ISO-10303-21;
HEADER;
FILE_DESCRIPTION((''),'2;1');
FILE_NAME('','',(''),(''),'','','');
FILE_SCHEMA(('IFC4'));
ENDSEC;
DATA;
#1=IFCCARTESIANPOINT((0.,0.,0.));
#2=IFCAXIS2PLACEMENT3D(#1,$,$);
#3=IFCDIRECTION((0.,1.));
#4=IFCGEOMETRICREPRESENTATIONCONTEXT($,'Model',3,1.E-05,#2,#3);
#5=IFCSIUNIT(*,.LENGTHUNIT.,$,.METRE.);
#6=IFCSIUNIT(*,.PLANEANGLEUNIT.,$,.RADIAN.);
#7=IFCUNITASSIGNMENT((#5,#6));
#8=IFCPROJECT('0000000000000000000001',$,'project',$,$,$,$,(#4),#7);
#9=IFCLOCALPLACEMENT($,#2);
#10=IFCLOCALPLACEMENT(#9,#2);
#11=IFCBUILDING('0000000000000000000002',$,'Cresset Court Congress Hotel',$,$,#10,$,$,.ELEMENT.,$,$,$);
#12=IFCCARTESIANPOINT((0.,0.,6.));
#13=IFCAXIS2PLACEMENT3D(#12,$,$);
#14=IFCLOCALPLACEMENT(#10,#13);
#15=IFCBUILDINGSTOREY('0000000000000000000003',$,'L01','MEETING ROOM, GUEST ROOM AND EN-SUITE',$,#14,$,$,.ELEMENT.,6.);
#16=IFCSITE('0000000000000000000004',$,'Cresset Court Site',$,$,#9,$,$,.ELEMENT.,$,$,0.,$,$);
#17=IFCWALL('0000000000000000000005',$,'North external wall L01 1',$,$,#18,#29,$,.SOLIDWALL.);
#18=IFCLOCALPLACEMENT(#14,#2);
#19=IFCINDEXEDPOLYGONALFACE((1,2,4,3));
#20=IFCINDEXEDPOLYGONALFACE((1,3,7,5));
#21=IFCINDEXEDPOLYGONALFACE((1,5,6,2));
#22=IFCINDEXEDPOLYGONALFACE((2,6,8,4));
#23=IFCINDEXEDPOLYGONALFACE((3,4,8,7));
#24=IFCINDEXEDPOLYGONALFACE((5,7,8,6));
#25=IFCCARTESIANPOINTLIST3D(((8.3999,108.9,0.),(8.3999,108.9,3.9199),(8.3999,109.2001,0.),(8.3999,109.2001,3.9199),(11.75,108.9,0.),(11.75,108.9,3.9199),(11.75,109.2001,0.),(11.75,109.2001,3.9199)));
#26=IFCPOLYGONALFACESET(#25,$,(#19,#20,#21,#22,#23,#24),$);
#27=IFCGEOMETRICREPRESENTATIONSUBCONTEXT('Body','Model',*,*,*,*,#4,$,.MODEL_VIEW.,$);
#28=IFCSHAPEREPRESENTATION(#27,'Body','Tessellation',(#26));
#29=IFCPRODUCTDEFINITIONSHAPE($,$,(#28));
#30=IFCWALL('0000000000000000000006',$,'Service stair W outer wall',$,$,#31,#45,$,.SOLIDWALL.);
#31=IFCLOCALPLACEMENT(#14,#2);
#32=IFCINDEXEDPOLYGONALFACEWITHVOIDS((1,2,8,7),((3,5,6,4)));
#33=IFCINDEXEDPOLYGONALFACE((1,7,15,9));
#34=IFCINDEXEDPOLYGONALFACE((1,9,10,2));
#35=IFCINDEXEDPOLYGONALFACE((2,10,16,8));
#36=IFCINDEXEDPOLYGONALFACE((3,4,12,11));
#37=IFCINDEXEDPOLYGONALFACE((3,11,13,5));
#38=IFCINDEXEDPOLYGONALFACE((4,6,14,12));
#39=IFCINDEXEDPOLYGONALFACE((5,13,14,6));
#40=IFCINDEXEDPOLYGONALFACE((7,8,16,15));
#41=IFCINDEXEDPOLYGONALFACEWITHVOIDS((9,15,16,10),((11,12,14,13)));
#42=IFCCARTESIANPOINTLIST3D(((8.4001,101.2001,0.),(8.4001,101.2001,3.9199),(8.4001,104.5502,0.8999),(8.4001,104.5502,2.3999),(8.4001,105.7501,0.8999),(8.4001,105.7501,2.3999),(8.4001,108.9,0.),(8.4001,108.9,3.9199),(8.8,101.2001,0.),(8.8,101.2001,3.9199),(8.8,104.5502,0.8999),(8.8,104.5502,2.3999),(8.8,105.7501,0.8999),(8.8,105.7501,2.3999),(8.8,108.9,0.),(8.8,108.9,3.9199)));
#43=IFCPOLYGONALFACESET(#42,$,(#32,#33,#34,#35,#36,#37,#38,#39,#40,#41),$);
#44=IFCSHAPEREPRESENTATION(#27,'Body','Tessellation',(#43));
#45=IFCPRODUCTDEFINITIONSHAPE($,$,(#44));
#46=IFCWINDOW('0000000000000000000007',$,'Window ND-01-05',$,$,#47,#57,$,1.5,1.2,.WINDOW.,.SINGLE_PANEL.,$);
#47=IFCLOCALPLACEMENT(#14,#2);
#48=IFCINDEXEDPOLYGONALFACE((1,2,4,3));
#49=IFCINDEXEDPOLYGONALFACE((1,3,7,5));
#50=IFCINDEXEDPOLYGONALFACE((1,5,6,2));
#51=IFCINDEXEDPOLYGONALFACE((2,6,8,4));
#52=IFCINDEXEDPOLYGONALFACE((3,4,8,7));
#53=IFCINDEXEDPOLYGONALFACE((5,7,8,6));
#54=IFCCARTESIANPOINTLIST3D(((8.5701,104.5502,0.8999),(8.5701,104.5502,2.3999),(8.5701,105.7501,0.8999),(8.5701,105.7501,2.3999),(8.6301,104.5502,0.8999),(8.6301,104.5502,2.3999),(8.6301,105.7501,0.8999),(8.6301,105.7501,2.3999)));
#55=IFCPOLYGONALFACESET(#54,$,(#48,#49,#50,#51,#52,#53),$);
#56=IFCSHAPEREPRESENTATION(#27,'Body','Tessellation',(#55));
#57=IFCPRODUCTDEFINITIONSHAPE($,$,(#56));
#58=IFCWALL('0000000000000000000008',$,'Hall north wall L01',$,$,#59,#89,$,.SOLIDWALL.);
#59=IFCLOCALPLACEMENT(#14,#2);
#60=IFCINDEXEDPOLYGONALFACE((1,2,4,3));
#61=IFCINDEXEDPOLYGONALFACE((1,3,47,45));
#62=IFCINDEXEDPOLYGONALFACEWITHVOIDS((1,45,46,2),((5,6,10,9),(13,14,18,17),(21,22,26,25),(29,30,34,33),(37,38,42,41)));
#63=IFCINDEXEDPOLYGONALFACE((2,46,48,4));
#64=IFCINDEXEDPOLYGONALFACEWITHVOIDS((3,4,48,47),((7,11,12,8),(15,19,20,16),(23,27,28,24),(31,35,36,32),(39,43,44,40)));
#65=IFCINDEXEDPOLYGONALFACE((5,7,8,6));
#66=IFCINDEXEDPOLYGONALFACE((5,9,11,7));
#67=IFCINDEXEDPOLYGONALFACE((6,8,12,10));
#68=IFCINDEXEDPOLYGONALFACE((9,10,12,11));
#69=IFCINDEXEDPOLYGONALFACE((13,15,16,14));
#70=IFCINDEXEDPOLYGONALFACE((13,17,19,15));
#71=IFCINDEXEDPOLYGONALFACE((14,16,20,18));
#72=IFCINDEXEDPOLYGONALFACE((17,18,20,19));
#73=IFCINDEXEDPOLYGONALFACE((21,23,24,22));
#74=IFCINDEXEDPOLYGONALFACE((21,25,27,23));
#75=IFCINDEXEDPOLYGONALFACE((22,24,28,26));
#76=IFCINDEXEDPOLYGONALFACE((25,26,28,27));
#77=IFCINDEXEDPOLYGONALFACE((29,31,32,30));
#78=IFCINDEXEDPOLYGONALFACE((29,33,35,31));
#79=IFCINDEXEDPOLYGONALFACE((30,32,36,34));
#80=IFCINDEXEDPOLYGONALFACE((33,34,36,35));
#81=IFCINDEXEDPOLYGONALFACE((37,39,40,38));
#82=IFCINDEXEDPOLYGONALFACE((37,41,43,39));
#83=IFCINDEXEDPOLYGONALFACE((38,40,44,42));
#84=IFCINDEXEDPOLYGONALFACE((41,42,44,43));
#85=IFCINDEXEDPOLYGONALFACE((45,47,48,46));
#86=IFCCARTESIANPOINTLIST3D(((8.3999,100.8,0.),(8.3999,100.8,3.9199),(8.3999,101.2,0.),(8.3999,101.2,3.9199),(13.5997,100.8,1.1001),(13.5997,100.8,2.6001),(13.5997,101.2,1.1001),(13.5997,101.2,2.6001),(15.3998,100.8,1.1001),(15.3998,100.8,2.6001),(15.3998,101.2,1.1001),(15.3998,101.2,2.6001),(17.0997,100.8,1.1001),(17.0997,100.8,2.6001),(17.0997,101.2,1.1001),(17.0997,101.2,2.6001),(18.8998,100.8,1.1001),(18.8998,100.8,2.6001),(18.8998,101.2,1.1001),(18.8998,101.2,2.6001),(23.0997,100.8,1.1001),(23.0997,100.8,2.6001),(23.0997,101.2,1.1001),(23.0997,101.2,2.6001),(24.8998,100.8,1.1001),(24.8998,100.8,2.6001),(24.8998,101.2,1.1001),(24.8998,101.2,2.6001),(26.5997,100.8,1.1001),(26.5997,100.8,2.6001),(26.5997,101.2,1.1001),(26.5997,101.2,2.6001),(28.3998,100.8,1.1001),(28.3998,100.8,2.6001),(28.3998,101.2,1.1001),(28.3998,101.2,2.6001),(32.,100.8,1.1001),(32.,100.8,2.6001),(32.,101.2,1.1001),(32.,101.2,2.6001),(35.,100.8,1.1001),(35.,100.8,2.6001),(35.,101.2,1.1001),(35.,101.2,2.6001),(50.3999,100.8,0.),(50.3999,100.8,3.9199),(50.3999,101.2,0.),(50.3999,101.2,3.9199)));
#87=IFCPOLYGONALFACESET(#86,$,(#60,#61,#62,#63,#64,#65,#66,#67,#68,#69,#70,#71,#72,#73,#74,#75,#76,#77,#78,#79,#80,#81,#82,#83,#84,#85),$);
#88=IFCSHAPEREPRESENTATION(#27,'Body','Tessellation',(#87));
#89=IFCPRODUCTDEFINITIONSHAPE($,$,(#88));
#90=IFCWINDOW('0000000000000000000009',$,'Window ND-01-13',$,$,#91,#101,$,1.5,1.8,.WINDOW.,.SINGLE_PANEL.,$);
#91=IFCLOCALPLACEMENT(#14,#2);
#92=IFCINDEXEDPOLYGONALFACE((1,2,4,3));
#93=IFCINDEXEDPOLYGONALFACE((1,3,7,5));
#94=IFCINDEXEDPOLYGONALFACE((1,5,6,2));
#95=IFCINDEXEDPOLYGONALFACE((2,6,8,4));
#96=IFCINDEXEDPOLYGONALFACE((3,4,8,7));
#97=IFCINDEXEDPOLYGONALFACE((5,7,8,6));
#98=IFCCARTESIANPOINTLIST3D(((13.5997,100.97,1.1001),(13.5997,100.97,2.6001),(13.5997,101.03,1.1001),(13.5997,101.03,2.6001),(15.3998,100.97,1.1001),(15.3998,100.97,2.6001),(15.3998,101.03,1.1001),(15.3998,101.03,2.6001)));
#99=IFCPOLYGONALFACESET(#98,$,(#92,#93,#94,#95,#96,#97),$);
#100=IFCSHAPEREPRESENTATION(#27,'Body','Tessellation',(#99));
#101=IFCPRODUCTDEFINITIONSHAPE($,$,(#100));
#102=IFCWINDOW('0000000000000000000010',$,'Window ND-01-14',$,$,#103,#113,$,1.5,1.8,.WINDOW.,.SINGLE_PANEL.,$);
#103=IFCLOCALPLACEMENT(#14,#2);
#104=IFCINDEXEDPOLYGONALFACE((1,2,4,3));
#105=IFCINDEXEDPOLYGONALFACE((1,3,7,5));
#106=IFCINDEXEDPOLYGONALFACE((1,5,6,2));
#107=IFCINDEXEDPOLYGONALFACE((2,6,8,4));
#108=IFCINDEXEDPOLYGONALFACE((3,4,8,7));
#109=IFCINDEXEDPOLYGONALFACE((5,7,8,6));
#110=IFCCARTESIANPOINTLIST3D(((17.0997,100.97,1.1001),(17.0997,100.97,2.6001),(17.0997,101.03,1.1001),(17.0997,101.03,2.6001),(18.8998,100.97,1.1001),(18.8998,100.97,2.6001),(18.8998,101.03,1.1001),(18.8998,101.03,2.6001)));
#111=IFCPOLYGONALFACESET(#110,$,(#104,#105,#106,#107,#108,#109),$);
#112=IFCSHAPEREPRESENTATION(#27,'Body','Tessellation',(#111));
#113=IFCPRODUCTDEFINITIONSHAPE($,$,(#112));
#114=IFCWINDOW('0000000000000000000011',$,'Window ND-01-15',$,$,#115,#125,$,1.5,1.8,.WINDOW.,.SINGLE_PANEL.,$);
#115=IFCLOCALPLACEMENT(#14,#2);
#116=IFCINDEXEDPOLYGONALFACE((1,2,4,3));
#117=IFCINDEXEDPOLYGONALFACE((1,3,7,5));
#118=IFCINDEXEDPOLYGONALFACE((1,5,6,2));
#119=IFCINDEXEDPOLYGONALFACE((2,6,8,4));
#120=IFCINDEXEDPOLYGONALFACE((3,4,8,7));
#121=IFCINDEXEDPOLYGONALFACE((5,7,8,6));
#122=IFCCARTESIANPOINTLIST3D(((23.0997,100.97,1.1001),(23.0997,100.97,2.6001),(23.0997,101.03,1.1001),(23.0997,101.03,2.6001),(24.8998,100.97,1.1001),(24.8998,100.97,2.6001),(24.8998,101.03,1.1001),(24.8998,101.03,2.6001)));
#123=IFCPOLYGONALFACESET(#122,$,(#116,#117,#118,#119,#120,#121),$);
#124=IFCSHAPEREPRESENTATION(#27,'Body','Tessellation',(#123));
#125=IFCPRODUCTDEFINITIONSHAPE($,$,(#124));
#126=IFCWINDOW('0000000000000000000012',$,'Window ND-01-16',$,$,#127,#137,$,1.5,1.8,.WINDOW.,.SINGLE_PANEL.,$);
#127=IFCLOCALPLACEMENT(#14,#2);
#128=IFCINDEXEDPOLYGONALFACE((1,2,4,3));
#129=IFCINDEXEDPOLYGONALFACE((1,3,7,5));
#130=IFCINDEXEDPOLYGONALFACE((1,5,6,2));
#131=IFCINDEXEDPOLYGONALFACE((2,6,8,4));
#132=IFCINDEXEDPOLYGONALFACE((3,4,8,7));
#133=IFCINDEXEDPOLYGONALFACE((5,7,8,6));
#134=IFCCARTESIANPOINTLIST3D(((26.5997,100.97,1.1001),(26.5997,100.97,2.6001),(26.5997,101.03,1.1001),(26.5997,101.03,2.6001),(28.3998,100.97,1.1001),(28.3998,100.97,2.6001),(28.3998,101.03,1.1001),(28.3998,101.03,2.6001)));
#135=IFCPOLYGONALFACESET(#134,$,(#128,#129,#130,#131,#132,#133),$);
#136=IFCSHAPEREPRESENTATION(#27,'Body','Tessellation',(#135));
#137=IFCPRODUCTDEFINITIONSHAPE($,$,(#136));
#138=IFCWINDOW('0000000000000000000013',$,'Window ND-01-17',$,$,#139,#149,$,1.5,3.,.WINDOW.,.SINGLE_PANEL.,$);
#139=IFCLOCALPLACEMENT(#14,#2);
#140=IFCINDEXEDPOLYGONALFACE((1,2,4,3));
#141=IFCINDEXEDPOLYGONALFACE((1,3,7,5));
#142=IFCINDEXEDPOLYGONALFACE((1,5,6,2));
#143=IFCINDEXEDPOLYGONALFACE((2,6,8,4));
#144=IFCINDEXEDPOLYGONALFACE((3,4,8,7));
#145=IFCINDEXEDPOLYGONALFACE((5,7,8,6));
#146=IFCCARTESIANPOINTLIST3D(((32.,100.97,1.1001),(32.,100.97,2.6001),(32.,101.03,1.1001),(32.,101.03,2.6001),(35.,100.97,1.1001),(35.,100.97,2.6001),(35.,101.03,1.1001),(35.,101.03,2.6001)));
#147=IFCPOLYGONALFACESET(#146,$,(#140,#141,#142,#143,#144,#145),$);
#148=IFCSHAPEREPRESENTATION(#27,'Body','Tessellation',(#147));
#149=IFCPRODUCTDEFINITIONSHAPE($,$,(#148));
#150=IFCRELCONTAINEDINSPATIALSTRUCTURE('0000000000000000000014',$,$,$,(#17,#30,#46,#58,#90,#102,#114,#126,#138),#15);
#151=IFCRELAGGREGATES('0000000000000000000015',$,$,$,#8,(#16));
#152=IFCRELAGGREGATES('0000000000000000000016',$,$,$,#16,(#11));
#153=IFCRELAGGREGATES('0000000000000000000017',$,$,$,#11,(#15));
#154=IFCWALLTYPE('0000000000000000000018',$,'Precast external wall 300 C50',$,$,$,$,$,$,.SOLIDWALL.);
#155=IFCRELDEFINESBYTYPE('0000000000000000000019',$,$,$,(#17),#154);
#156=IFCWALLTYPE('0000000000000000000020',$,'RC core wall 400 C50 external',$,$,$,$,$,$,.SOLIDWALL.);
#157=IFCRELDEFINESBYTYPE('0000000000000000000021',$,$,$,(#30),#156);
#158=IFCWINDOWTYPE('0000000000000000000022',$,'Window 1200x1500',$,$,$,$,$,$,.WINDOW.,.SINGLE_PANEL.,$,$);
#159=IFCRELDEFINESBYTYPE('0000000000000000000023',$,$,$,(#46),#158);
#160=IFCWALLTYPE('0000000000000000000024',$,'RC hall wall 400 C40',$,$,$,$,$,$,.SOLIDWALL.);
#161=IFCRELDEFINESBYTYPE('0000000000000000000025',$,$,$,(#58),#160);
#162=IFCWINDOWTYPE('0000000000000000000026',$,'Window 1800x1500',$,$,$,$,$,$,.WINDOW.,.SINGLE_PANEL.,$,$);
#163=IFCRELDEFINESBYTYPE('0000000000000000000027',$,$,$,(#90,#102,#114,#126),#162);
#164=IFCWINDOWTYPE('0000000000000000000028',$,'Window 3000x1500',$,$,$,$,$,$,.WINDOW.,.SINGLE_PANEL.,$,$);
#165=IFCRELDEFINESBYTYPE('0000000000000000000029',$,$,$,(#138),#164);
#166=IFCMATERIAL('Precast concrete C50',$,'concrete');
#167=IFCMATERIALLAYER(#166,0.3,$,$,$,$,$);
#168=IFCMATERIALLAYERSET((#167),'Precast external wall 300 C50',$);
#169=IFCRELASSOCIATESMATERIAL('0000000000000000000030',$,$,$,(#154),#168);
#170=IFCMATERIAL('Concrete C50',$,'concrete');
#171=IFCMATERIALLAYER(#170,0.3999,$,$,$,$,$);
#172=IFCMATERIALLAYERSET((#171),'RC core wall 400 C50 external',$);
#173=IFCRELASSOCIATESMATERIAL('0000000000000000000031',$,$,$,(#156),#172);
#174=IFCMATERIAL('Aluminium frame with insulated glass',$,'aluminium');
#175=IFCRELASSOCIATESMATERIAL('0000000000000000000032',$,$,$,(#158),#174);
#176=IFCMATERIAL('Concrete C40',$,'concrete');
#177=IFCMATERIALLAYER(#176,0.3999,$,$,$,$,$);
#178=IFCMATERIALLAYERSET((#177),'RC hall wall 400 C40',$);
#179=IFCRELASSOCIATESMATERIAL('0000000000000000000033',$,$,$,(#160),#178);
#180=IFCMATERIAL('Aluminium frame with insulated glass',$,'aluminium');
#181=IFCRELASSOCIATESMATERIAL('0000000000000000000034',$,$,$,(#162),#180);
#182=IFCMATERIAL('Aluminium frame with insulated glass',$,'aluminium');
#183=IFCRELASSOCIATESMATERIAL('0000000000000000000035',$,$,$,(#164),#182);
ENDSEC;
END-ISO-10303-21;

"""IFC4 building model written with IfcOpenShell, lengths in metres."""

from ifc_helpers import new_model, si_unit, direction, frame, frame_2d, origin, place, context, subcontext, project, spatial, rectangle, extrude, material, layer, layer_set, type_object, element, fill, save


model = new_model("IFC4")

# Units and contexts
model_context = context("Model", 3, precision=1e-05, world=origin(), true_north=direction((0.0, 1.0)))
body_context = subcontext(model_context, "Body", "Model", "MODEL_VIEW")
ifc_project = project(units=[si_unit("LENGTHUNIT", "METRE"), si_unit("PLANEANGLEUNIT", "RADIAN")], contexts=[model_context])

# Site, building, storey
site_placement = place(None, origin())
site = spatial("IfcSite", under=ifc_project, at=site_placement, Name="Cresset Court Site", CompositionType="ELEMENT", RefElevation=0.0)
building_placement = place(site_placement, origin())
building = spatial("IfcBuilding", under=site, at=building_placement, Name="Cresset Court Congress Hotel", CompositionType="ELEMENT")
storey_placement = place(building_placement, frame((0.0, 0.0, 6.0)))
storey = spatial("IfcBuildingStorey", under=building, at=storey_placement, Name="L01", Description="MEETING ROOM, GUEST ROOM AND EN-SUITE", CompositionType="ELEMENT", Elevation=6.0)

# Wall
ifc_material_1 = material(Name="Precast concrete C50", Category="concrete")
ifc_layer_1 = layer(ifc_material_1, 0.3)
ifc_layer_set_1 = layer_set([ifc_layer_1], Name="Precast external wall 300 C50")
wall_type_1 = type_object("IfcWallType", Name="Precast external wall 300 C50", PredefinedType="SOLIDWALL", material=ifc_layer_set_1)
wall_1_placement = place(storey_placement, frame((8.3999, 109.05, 0.0), z_axis=(0.0, 0.0, 1.0), x_axis=(1.0, 0.0, 0.0)))
element("IfcWall", 1, at=wall_1_placement, inside=storey, type_object=wall_type_1, Name="North external wall L01 1", PredefinedType="SOLIDWALL", context=body_context, shape_type="SweptSolid", body=[
    extrude(rectangle(XDim=3.3501, YDim=0.3, at=frame_2d((1.675, 0.0))), origin(), (0.0, 0.0, 1.0), 3.9199),
])

# Wall, opening, window
ifc_material_2 = material(Name="Concrete C50", Category="concrete")
ifc_layer_2 = layer(ifc_material_2, 0.3999)
ifc_layer_set_2 = layer_set([ifc_layer_2], Name="RC core wall 400 C50 external")
wall_type_2 = type_object("IfcWallType", Name="RC core wall 400 C50 external", PredefinedType="SOLIDWALL", material=ifc_layer_set_2)
wall_2_placement = place(storey_placement, frame((8.6001, 101.2, 0.0), z_axis=(0.0, 0.0, 1.0), x_axis=(0.0, 1.0, 0.0)))
wall_2 = element("IfcWall", 2, at=wall_2_placement, inside=storey, type_object=wall_type_2, Name="Service stair W outer wall", PredefinedType="SOLIDWALL", context=body_context, shape_type="SweptSolid", body=[
    extrude(rectangle(XDim=7.7, YDim=0.3999, at=frame_2d((3.8501, 0.0))), origin(), (0.0, 0.0, 1.0), 3.9199),
])
opening_1_placement = place(wall_2_placement, frame((3.3501, 0.0, 0.8999)))
opening_1 = element("IfcOpeningElement", 3, at=opening_1_placement, cuts=wall_2, PredefinedType="OPENING", context=body_context, shape_type="SweptSolid", body=[
    extrude(rectangle(XDim=1.2, YDim=1.5, at=frame_2d((0.6001, 0.75))), frame((0.0, 0.21, 0.0), z_axis=(0.0, -1.0, 0.0), x_axis=(1.0, 0.0, 0.0)), (0.0, 0.0, 1.0), 0.4199),
])
ifc_material_3 = material(Name="Aluminium frame with insulated glass", Category="aluminium")
window_type_1 = type_object("IfcWindowType", Name="Window 1200x1500", PartitioningType="SINGLE_PANEL", PredefinedType="WINDOW", material=ifc_material_3)
window_1_placement = place(opening_1_placement, origin())
window_1 = element("IfcWindow", 4, at=window_1_placement, inside=storey, type_object=window_type_1, Name="Window ND-01-05", OverallHeight=1.5, OverallWidth=1.2, PartitioningType="SINGLE_PANEL", PredefinedType="WINDOW", context=body_context, shape_type="SweptSolid", body=[
    extrude(rectangle(XDim=1.2, YDim=1.5, at=frame_2d((0.6001, 0.75))), frame((0.0, 0.03, 0.0), z_axis=(0.0, -1.0, 0.0), x_axis=(1.0, 0.0, 0.0)), (0.0, 0.0, 1.0), 0.0601),
])
fill(opening_1, window_1)

# Wall, openings, windows
ifc_material_4 = material(Name="Concrete C40", Category="concrete")
ifc_layer_3 = layer(ifc_material_4, 0.3999)
ifc_layer_set_3 = layer_set([ifc_layer_3], Name="RC hall wall 400 C40")
wall_type_3 = type_object("IfcWallType", Name="RC hall wall 400 C40", PredefinedType="SOLIDWALL", material=ifc_layer_set_3)
wall_3_placement = place(storey_placement, frame((8.3999, 101.0, 0.0), z_axis=(0.0, 0.0, 1.0), x_axis=(1.0, 0.0, 0.0)))
wall_3 = element("IfcWall", 5, at=wall_3_placement, inside=storey, type_object=wall_type_3, Name="Hall north wall L01", PredefinedType="SOLIDWALL", context=body_context, shape_type="SweptSolid", body=[
    extrude(rectangle(XDim=42.0, YDim=0.3999, at=frame_2d((21.0, 0.0))), origin(), (0.0, 0.0, 1.0), 3.9199),
])
opening_2_placement = place(wall_3_placement, frame((5.2, 0.0, 1.1001)))
opening_2 = element("IfcOpeningElement", 6, at=opening_2_placement, cuts=wall_3, PredefinedType="OPENING", context=body_context, shape_type="SweptSolid", body=[
    extrude(rectangle(XDim=1.8, YDim=1.5, at=frame_2d((0.8999, 0.75))), frame((0.0, 0.21, 0.0), z_axis=(0.0, -1.0, 0.0), x_axis=(1.0, 0.0, 0.0)), (0.0, 0.0, 1.0), 0.4199),
])
opening_3_placement = place(wall_3_placement, frame((8.7, 0.0, 1.1001)))
opening_3 = element("IfcOpeningElement", 7, at=opening_3_placement, cuts=wall_3, PredefinedType="OPENING", context=body_context, shape_type="SweptSolid", body=[
    extrude(rectangle(XDim=1.8, YDim=1.5, at=frame_2d((0.8999, 0.75))), frame((0.0, 0.21, 0.0), z_axis=(0.0, -1.0, 0.0), x_axis=(1.0, 0.0, 0.0)), (0.0, 0.0, 1.0), 0.4199),
])
opening_4_placement = place(wall_3_placement, frame((14.7, 0.0, 1.1001)))
opening_4 = element("IfcOpeningElement", 8, at=opening_4_placement, cuts=wall_3, PredefinedType="OPENING", context=body_context, shape_type="SweptSolid", body=[
    extrude(rectangle(XDim=1.8, YDim=1.5, at=frame_2d((0.8999, 0.75))), frame((0.0, 0.21, 0.0), z_axis=(0.0, -1.0, 0.0), x_axis=(1.0, 0.0, 0.0)), (0.0, 0.0, 1.0), 0.4199),
])
opening_5_placement = place(wall_3_placement, frame((18.2, 0.0, 1.1001)))
opening_5 = element("IfcOpeningElement", 9, at=opening_5_placement, cuts=wall_3, PredefinedType="OPENING", context=body_context, shape_type="SweptSolid", body=[
    extrude(rectangle(XDim=1.8, YDim=1.5, at=frame_2d((0.8999, 0.75))), frame((0.0, 0.21, 0.0), z_axis=(0.0, -1.0, 0.0), x_axis=(1.0, 0.0, 0.0)), (0.0, 0.0, 1.0), 0.4199),
])
opening_6_placement = place(wall_3_placement, frame((23.6001, 0.0, 1.1001)))
opening_6 = element("IfcOpeningElement", 10, at=opening_6_placement, cuts=wall_3, PredefinedType="OPENING", context=body_context, shape_type="SweptSolid", body=[
    extrude(rectangle(XDim=3.0, YDim=1.5, at=frame_2d((1.5, 0.75))), frame((0.0, 0.21, 0.0), z_axis=(0.0, -1.0, 0.0), x_axis=(1.0, 0.0, 0.0)), (0.0, 0.0, 1.0), 0.4199),
])
ifc_material_5 = material(Name="Aluminium frame with insulated glass", Category="aluminium")
window_type_2 = type_object("IfcWindowType", Name="Window 1800x1500", PartitioningType="SINGLE_PANEL", PredefinedType="WINDOW", material=ifc_material_5)
window_2_placement = place(opening_2_placement, origin())
window_2 = element("IfcWindow", 11, at=window_2_placement, inside=storey, type_object=window_type_2, Name="Window ND-01-13", OverallHeight=1.5, OverallWidth=1.8, PartitioningType="SINGLE_PANEL", PredefinedType="WINDOW", context=body_context, shape_type="SweptSolid", body=[
    extrude(rectangle(XDim=1.8, YDim=1.5, at=frame_2d((0.8999, 0.75))), frame((0.0, 0.03, 0.0), z_axis=(0.0, -1.0, 0.0), x_axis=(1.0, 0.0, 0.0)), (0.0, 0.0, 1.0), 0.0601),
])
fill(opening_2, window_2)
window_3_placement = place(opening_3_placement, origin())
window_3 = element("IfcWindow", 12, at=window_3_placement, inside=storey, type_object=window_type_2, Name="Window ND-01-14", OverallHeight=1.5, OverallWidth=1.8, PartitioningType="SINGLE_PANEL", PredefinedType="WINDOW", context=body_context, shape_type="SweptSolid", body=[
    extrude(rectangle(XDim=1.8, YDim=1.5, at=frame_2d((0.8999, 0.75))), frame((0.0, 0.03, 0.0), z_axis=(0.0, -1.0, 0.0), x_axis=(1.0, 0.0, 0.0)), (0.0, 0.0, 1.0), 0.0601),
])
fill(opening_3, window_3)
window_4_placement = place(opening_4_placement, origin())
window_4 = element("IfcWindow", 13, at=window_4_placement, inside=storey, type_object=window_type_2, Name="Window ND-01-15", OverallHeight=1.5, OverallWidth=1.8, PartitioningType="SINGLE_PANEL", PredefinedType="WINDOW", context=body_context, shape_type="SweptSolid", body=[
    extrude(rectangle(XDim=1.8, YDim=1.5, at=frame_2d((0.8999, 0.75))), frame((0.0, 0.03, 0.0), z_axis=(0.0, -1.0, 0.0), x_axis=(1.0, 0.0, 0.0)), (0.0, 0.0, 1.0), 0.0601),
])
fill(opening_4, window_4)
window_5_placement = place(opening_5_placement, origin())
window_5 = element("IfcWindow", 14, at=window_5_placement, inside=storey, type_object=window_type_2, Name="Window ND-01-16", OverallHeight=1.5, OverallWidth=1.8, PartitioningType="SINGLE_PANEL", PredefinedType="WINDOW", context=body_context, shape_type="SweptSolid", body=[
    extrude(rectangle(XDim=1.8, YDim=1.5, at=frame_2d((0.8999, 0.75))), frame((0.0, 0.03, 0.0), z_axis=(0.0, -1.0, 0.0), x_axis=(1.0, 0.0, 0.0)), (0.0, 0.0, 1.0), 0.0601),
])
fill(opening_5, window_5)
ifc_material_6 = material(Name="Aluminium frame with insulated glass", Category="aluminium")
window_type_3 = type_object("IfcWindowType", Name="Window 3000x1500", PartitioningType="SINGLE_PANEL", PredefinedType="WINDOW", material=ifc_material_6)
window_6_placement = place(opening_6_placement, origin())
window_6 = element("IfcWindow", 15, at=window_6_placement, inside=storey, type_object=window_type_3, Name="Window ND-01-17", OverallHeight=1.5, OverallWidth=3.0, PartitioningType="SINGLE_PANEL", PredefinedType="WINDOW", context=body_context, shape_type="SweptSolid", body=[
    extrude(rectangle(XDim=3.0, YDim=1.5, at=frame_2d((1.5, 0.75))), frame((0.0, 0.03, 0.0), z_axis=(0.0, -1.0, 0.0), x_axis=(1.0, 0.0, 0.0)), (0.0, 0.0, 1.0), 0.0601),
])
fill(opening_6, window_6)

save(model, "model.ifc")
